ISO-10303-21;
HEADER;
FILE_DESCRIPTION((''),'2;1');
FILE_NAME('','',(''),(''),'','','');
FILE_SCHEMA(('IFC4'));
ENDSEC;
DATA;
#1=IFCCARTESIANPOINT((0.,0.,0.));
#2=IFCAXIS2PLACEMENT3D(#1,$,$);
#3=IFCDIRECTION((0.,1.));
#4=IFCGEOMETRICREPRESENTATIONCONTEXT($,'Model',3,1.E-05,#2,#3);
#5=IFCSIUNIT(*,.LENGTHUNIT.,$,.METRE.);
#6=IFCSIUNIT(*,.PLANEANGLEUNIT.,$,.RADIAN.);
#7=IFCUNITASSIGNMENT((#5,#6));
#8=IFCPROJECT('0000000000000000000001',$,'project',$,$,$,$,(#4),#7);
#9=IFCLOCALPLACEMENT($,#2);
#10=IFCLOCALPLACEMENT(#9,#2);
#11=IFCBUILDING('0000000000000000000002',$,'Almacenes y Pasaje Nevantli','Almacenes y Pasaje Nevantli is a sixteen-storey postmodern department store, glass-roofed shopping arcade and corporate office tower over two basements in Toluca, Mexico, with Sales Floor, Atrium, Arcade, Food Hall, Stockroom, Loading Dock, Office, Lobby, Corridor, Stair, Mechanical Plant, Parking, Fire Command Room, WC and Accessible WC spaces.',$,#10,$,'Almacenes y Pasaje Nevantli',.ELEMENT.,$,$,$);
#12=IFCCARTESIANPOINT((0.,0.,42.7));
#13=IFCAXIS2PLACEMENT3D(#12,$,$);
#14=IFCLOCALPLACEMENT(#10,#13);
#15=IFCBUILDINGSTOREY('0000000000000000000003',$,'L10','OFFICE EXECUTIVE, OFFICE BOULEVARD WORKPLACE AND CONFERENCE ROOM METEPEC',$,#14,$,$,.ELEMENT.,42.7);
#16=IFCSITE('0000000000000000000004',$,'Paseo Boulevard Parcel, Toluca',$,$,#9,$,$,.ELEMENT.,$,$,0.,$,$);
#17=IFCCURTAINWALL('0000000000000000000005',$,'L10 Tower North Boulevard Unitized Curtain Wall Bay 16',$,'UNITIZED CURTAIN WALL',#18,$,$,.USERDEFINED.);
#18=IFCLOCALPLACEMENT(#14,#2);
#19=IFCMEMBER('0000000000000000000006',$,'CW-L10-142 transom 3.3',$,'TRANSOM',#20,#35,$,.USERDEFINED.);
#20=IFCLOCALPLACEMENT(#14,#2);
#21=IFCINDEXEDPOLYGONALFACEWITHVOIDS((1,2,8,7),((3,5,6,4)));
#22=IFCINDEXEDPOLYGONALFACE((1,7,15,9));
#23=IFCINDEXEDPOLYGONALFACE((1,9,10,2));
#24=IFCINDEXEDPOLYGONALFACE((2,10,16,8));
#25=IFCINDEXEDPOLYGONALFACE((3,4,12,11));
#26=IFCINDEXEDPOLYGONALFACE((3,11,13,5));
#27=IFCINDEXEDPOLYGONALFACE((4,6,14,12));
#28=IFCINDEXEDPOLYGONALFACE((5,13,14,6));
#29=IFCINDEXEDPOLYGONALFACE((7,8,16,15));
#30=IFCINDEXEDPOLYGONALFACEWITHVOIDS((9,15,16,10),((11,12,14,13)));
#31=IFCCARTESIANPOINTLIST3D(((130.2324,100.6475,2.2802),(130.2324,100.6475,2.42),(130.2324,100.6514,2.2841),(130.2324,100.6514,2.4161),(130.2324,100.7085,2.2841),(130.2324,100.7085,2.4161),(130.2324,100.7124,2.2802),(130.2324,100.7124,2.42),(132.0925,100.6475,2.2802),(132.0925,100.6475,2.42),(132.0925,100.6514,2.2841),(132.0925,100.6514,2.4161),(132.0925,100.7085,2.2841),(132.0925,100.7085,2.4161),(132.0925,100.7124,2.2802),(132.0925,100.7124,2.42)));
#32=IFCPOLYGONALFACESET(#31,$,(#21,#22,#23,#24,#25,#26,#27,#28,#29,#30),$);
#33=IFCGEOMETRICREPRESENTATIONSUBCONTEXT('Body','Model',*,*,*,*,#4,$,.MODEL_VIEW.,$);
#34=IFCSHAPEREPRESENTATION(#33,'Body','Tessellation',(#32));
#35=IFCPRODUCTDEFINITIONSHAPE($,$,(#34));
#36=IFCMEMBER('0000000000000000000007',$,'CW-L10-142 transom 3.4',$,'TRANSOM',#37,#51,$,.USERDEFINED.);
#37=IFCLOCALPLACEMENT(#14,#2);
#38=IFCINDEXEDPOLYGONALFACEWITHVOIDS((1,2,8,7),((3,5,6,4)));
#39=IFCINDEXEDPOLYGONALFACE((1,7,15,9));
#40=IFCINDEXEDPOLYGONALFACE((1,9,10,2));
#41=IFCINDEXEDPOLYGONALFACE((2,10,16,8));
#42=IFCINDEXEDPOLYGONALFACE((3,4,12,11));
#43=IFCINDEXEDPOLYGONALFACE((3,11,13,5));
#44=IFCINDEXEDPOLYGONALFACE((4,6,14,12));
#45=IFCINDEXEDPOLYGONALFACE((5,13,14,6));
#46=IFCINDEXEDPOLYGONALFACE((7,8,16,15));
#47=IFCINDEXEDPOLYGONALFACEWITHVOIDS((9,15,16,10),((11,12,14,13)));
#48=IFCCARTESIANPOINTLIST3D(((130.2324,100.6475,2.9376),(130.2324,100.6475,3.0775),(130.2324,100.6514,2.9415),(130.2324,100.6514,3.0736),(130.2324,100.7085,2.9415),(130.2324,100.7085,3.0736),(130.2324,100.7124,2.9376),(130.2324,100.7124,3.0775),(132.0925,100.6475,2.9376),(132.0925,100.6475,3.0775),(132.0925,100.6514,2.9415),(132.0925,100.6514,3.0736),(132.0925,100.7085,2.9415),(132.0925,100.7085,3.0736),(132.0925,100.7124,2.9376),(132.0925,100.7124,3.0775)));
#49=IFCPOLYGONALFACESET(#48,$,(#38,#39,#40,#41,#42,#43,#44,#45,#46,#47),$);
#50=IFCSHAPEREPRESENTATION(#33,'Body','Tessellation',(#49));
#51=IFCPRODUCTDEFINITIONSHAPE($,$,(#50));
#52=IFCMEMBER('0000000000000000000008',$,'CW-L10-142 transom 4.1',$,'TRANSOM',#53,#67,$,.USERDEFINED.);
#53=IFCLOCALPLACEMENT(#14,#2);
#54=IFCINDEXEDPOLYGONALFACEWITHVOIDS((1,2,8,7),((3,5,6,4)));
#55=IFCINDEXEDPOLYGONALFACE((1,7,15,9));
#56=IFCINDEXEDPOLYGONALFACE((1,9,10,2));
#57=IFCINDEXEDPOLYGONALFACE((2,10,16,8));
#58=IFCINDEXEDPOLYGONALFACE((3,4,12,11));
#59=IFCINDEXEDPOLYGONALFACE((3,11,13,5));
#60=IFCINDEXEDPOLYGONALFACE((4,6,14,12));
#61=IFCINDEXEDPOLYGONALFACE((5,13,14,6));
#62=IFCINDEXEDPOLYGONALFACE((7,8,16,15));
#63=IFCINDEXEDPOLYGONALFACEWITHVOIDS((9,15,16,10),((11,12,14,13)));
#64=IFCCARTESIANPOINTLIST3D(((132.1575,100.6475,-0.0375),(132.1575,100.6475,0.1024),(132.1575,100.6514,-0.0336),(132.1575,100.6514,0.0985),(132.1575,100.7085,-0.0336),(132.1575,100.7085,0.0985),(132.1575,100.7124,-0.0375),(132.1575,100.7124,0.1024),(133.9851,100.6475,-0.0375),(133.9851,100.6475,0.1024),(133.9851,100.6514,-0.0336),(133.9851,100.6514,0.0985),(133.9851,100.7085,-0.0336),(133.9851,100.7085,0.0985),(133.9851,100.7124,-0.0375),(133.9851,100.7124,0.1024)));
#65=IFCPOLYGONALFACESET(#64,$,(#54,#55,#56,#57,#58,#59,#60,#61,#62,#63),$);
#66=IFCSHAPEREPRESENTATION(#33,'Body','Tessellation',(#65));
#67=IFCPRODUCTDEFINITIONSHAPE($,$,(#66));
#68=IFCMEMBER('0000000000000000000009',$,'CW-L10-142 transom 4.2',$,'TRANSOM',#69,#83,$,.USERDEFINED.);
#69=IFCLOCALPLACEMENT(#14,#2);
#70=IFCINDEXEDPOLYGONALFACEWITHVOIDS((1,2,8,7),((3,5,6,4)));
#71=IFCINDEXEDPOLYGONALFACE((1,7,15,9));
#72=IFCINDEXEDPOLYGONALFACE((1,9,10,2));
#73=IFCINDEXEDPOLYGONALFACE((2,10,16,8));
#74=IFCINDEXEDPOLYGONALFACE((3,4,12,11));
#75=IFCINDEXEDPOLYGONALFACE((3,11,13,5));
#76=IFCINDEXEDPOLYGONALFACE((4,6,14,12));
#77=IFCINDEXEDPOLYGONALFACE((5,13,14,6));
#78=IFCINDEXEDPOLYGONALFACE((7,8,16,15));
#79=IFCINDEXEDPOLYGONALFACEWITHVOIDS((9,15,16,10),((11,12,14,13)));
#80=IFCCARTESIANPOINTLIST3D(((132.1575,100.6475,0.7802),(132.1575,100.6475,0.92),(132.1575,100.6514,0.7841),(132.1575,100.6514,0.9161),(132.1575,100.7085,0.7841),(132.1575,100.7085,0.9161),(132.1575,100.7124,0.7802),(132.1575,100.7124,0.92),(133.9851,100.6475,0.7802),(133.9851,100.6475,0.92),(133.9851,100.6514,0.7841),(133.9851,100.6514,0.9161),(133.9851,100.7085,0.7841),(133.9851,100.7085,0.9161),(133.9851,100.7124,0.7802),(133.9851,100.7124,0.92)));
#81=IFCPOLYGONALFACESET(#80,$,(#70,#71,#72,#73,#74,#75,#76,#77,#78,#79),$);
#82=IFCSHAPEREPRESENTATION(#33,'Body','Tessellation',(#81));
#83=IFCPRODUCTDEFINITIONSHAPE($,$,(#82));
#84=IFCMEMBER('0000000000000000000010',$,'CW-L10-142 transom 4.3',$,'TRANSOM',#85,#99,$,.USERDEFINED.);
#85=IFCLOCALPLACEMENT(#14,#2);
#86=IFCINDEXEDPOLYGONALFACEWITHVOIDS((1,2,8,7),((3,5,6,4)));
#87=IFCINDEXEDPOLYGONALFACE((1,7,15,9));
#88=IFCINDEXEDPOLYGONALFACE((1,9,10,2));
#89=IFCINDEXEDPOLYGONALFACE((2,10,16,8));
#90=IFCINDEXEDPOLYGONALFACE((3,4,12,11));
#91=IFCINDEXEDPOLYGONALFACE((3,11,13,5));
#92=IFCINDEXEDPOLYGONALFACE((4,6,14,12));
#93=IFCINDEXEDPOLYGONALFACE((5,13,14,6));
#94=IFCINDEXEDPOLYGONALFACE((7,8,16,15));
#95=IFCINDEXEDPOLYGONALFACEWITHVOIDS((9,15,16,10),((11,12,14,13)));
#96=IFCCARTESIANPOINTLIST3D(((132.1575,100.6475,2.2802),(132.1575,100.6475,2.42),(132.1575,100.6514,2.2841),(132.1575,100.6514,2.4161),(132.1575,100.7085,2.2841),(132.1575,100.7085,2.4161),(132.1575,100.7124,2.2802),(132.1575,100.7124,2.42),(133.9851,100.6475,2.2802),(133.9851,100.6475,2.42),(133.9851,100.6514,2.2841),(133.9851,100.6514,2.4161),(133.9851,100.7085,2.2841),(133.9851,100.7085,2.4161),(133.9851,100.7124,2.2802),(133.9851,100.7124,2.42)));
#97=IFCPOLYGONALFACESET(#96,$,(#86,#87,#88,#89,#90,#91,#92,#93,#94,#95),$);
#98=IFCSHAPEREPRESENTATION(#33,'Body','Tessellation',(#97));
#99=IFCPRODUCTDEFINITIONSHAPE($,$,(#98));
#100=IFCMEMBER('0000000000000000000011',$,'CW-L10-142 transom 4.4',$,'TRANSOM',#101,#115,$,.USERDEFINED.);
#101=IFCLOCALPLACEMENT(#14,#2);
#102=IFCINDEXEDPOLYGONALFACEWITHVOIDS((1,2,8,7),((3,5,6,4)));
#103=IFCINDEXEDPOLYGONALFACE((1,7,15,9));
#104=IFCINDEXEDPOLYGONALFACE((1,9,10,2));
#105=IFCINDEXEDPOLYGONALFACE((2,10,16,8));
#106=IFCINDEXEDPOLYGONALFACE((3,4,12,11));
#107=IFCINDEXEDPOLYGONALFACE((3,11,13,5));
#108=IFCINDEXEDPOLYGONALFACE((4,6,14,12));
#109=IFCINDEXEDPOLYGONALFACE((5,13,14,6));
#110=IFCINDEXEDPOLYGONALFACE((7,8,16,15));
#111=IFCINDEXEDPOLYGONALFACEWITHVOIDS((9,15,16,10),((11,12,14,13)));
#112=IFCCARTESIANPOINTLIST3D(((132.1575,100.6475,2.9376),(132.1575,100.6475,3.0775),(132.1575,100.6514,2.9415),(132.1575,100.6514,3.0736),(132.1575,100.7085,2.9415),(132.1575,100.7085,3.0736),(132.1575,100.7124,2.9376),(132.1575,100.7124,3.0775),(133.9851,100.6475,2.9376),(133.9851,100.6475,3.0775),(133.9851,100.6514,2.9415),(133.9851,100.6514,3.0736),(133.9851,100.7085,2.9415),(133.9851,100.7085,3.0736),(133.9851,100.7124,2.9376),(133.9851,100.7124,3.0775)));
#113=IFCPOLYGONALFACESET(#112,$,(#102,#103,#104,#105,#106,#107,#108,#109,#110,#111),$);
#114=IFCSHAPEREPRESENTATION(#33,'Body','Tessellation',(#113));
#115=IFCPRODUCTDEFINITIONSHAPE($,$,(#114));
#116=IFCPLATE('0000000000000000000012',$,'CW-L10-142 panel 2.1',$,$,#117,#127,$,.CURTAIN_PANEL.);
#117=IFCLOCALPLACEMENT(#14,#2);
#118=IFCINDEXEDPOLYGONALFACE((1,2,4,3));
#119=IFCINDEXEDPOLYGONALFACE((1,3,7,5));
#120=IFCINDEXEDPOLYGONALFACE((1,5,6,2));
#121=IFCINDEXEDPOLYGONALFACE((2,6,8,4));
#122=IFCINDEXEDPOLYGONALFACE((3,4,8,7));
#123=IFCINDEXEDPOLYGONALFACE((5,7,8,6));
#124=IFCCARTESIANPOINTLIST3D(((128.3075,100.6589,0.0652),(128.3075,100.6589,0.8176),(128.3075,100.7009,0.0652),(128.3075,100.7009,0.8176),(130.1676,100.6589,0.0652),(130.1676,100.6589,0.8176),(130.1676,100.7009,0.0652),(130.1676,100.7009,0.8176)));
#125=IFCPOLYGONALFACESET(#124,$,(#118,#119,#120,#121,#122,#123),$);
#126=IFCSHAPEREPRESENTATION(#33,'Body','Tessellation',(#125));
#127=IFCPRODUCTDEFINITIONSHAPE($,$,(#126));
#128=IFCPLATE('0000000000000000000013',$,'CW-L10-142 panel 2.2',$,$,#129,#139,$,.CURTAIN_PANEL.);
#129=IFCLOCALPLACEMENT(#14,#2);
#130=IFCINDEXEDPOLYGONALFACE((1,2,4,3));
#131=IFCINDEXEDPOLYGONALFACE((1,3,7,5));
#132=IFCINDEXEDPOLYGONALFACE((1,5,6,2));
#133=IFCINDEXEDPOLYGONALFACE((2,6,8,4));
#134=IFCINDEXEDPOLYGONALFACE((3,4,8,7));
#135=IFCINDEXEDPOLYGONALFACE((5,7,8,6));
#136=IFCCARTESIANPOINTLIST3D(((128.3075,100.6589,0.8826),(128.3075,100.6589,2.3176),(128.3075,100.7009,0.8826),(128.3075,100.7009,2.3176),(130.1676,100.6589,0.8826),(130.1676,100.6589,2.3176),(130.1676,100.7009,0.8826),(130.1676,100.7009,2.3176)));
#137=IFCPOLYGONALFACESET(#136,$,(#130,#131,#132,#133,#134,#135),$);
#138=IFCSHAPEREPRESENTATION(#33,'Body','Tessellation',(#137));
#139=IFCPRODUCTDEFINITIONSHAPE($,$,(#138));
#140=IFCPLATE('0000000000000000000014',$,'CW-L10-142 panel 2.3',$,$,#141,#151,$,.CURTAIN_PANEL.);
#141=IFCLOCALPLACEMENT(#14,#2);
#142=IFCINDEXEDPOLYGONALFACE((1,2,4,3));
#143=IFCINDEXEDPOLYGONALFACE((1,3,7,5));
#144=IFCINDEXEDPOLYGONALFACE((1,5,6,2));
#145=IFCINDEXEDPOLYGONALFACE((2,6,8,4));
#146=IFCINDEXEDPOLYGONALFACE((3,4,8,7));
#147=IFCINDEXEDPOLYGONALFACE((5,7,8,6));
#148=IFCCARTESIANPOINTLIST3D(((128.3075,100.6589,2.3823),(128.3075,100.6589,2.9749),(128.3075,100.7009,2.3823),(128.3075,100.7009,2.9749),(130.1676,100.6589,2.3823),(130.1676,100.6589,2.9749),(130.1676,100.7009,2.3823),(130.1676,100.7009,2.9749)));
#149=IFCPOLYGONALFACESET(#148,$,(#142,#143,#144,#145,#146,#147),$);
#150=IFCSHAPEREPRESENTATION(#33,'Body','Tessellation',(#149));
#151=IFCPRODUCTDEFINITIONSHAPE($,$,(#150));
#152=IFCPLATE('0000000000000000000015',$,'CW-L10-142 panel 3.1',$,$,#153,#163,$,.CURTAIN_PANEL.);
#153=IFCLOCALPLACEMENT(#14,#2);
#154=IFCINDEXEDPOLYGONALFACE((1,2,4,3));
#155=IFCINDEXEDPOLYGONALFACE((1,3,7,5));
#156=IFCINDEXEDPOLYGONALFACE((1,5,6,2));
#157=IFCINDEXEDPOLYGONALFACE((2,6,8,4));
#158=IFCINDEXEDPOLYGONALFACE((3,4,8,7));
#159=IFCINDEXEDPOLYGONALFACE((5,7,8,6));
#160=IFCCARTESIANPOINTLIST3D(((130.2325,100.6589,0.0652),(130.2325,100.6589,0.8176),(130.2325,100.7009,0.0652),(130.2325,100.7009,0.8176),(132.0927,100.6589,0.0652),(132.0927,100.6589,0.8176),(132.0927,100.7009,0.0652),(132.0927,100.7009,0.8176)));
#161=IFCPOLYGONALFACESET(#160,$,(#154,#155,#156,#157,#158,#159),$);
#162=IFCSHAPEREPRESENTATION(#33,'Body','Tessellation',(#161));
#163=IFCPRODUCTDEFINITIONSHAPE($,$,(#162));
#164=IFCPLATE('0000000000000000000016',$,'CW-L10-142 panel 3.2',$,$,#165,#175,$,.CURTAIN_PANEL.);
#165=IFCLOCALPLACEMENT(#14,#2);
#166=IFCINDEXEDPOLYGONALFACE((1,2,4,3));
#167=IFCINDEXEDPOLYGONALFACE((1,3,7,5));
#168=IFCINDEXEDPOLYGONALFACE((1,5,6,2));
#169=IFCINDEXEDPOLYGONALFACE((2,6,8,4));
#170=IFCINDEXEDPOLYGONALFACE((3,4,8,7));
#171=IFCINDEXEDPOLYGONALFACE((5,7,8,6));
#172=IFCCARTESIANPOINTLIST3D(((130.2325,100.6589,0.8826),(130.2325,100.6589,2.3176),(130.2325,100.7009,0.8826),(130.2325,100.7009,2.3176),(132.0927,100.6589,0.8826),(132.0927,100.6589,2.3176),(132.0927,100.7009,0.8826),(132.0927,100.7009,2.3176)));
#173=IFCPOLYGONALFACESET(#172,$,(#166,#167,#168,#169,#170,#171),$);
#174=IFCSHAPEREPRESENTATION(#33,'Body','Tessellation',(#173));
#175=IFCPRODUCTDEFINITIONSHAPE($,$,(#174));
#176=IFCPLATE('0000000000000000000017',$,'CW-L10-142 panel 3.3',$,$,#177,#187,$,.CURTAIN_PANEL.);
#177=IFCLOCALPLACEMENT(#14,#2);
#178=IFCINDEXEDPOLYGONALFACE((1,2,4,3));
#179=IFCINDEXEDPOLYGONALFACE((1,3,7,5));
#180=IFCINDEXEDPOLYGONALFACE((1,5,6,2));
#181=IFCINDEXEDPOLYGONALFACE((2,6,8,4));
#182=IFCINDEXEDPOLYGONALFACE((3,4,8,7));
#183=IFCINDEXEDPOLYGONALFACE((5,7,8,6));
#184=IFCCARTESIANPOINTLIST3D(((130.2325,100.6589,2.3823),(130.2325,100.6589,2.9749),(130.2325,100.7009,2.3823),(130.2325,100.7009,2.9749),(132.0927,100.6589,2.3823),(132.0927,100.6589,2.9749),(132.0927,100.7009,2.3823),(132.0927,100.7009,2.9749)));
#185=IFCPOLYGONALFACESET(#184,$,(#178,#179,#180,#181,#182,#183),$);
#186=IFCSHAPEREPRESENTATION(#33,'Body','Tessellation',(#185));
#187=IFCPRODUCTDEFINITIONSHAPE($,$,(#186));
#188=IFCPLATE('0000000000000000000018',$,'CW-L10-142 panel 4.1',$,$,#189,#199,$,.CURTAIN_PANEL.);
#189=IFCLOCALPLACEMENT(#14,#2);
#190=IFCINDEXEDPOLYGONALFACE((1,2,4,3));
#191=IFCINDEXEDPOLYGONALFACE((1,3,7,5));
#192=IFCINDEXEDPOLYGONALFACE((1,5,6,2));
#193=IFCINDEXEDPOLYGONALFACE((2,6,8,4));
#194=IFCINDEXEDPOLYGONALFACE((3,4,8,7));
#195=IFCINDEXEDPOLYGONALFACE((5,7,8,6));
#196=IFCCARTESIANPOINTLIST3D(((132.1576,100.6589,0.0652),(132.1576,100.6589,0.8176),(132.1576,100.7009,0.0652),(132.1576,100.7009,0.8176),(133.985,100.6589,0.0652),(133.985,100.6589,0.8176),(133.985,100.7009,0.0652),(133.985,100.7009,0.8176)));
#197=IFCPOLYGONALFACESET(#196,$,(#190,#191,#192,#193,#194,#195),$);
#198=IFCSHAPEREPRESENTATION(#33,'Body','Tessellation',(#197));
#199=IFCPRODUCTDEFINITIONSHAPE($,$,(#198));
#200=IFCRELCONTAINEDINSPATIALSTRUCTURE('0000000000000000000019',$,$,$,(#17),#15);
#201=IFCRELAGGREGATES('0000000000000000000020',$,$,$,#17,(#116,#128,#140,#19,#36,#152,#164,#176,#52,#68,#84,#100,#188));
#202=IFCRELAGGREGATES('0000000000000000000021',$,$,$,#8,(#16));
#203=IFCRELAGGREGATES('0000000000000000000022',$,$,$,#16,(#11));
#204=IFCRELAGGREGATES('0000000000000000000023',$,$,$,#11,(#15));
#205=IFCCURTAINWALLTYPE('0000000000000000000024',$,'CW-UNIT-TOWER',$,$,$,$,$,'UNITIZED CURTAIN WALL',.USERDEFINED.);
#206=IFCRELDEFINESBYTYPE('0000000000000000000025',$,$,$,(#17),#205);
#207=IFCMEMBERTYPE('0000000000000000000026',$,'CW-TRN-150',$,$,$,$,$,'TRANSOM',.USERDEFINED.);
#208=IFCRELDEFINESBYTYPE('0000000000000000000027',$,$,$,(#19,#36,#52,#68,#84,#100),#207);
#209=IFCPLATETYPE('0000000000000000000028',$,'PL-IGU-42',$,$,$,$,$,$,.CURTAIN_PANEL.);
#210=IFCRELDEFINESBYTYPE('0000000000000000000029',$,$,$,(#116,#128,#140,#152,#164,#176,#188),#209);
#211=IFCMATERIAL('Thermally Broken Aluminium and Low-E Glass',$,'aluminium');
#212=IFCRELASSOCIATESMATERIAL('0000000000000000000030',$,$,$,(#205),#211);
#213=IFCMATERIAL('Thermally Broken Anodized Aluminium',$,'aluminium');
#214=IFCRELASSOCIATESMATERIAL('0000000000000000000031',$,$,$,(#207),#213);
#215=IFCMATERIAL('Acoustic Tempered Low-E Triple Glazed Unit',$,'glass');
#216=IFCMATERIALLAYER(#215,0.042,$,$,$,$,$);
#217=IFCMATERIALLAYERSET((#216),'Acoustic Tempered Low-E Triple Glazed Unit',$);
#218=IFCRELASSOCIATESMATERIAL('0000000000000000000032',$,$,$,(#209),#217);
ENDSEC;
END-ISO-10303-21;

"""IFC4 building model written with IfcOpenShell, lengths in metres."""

from ifc_helpers import new_model, si_unit, direction, frame, origin, origin_2d, place, context, subcontext, project, spatial, rectangle, hollow_rectangle, extrude, material, layer, layer_set, material_profile, profile_set, type_object, element, aggregate, save


model = new_model("IFC4")

# Units and contexts
model_context = context("Model", 3, precision=1e-05, world=origin(), true_north=direction((0.0, 1.0)))
body_context = subcontext(model_context, "Body", "Model", "MODEL_VIEW")
ifc_project = project(units=[si_unit("LENGTHUNIT", "METRE"), si_unit("PLANEANGLEUNIT", "RADIAN")], contexts=[model_context])

# Site, building, storey
site_placement = place(None, origin())
site = spatial("IfcSite", under=ifc_project, at=site_placement, Name="Paseo Boulevard Parcel, Toluca", CompositionType="ELEMENT", RefElevation=0.0)
building_placement = place(site_placement, origin())
building = spatial("IfcBuilding", under=site, at=building_placement, Name="Almacenes y Pasaje Nevantli", Description="Almacenes y Pasaje Nevantli is a sixteen-storey postmodern department store, glass-roofed shopping arcade and corporate office tower over two basements in Toluca, Mexico, with Sales Floor, Atrium, Arcade, Food Hall, Stockroom, Loading Dock, Office, Lobby, Corridor, Stair, Mechanical Plant, Parking, Fire Command Room, WC and Accessible WC spaces.", LongName="Almacenes y Pasaje Nevantli", CompositionType="ELEMENT")
storey_placement = place(building_placement, frame((0.0, 0.0, 42.7)))
storey = spatial("IfcBuildingStorey", under=building, at=storey_placement, Name="L10", Description="OFFICE EXECUTIVE, OFFICE BOULEVARD WORKPLACE AND CONFERENCE ROOM METEPEC", CompositionType="ELEMENT", Elevation=42.7)

# Curtain wall, members, plates
ifc_material_1 = material(Name="Thermally Broken Aluminium and Low-E Glass", Category="aluminium")
curtain_wall_type = type_object("IfcCurtainWallType", Name="CW-UNIT-TOWER", ElementType="UNITIZED CURTAIN WALL", PredefinedType="USERDEFINED", material=ifc_material_1)
curtain_wall_placement = place(storey_placement, origin())
curtain_wall = element("IfcCurtainWall", 1, at=curtain_wall_placement, inside=storey, type_object=curtain_wall_type, Name="L10 Tower North Boulevard Unitized Curtain Wall Bay 16", ObjectType="UNITIZED CURTAIN WALL", PredefinedType="USERDEFINED")
ifc_material_2 = material(Name="Thermally Broken Anodized Aluminium", Category="aluminium")
ifc_material_profile_1 = material_profile(ifc_material_2, hollow_rectangle(XDim=0.0649, YDim=0.1399, WallThickness=0.0039, at=origin_2d()), Name="ALU-TRN-65x140")
ifc_profile_set_1 = profile_set([ifc_material_profile_1], Name="Thermally Broken Anodized Aluminium")
member_type_1 = type_object("IfcMemberType", Name="CW-TRN-150", ElementType="TRANSOM", PredefinedType="USERDEFINED", material=ifc_profile_set_1)
member_1_placement = place(storey_placement, frame((130.2324, 100.6799, 2.3501), z_axis=(1.0, 0.0, 0.0), x_axis=(0.0, 1.0, 0.0)))
member_1 = element("IfcMember", 2, at=member_1_placement, type_object=member_type_1, Name="CW-L10-142 transom 3.3", ObjectType="TRANSOM", PredefinedType="USERDEFINED", context=body_context, shape_type="SweptSolid", body=[
    extrude(hollow_rectangle(XDim=0.0649, YDim=0.1399, WallThickness=0.0039, at=origin_2d()), origin(), (0.0, 0.0, 1.0), 1.8601),
])
member_2_placement = place(storey_placement, frame((130.2324, 100.6799, 3.0076), z_axis=(1.0, 0.0, 0.0), x_axis=(0.0, 1.0, 0.0)))
member_2 = element("IfcMember", 3, at=member_2_placement, type_object=member_type_1, Name="CW-L10-142 transom 3.4", ObjectType="TRANSOM", PredefinedType="USERDEFINED", context=body_context, shape_type="SweptSolid", body=[
    extrude(hollow_rectangle(XDim=0.0649, YDim=0.1399, WallThickness=0.0039, at=origin_2d()), origin(), (0.0, 0.0, 1.0), 1.8601),
])
member_3_placement = place(storey_placement, frame((132.1575, 100.6799, 0.0325), z_axis=(1.0, 0.0, 0.0), x_axis=(0.0, 1.0, 0.0)))
member_3 = element("IfcMember", 4, at=member_3_placement, type_object=member_type_1, Name="CW-L10-142 transom 4.1", ObjectType="TRANSOM", PredefinedType="USERDEFINED", context=body_context, shape_type="SweptSolid", body=[
    extrude(hollow_rectangle(XDim=0.0649, YDim=0.1399, WallThickness=0.0039, at=origin_2d()), origin(), (0.0, 0.0, 1.0), 1.8276),
])
member_4_placement = place(storey_placement, frame((132.1575, 100.6799, 0.8501), z_axis=(1.0, 0.0, 0.0), x_axis=(0.0, 1.0, 0.0)))
member_4 = element("IfcMember", 5, at=member_4_placement, type_object=member_type_1, Name="CW-L10-142 transom 4.2", ObjectType="TRANSOM", PredefinedType="USERDEFINED", context=body_context, shape_type="SweptSolid", body=[
    extrude(hollow_rectangle(XDim=0.0649, YDim=0.1399, WallThickness=0.0039, at=origin_2d()), origin(), (0.0, 0.0, 1.0), 1.8276),
])
member_5_placement = place(storey_placement, frame((132.1575, 100.6799, 2.3501), z_axis=(1.0, 0.0, 0.0), x_axis=(0.0, 1.0, 0.0)))
member_5 = element("IfcMember", 6, at=member_5_placement, type_object=member_type_1, Name="CW-L10-142 transom 4.3", ObjectType="TRANSOM", PredefinedType="USERDEFINED", context=body_context, shape_type="SweptSolid", body=[
    extrude(hollow_rectangle(XDim=0.0649, YDim=0.1399, WallThickness=0.0039, at=origin_2d()), origin(), (0.0, 0.0, 1.0), 1.8276),
])
member_6_placement = place(storey_placement, frame((132.1575, 100.6799, 3.0076), z_axis=(1.0, 0.0, 0.0), x_axis=(0.0, 1.0, 0.0)))
member_6 = element("IfcMember", 7, at=member_6_placement, type_object=member_type_1, Name="CW-L10-142 transom 4.4", ObjectType="TRANSOM", PredefinedType="USERDEFINED", context=body_context, shape_type="SweptSolid", body=[
    extrude(hollow_rectangle(XDim=0.0649, YDim=0.1399, WallThickness=0.0039, at=origin_2d()), origin(), (0.0, 0.0, 1.0), 1.8276),
])
ifc_material_3 = material(Name="Acoustic Tempered Low-E Triple Glazed Unit", Category="glass")
ifc_layer = layer(ifc_material_3, 0.042)
ifc_layer_set = layer_set([ifc_layer], Name="Acoustic Tempered Low-E Triple Glazed Unit")
plate_type = type_object("IfcPlateType", Name="PL-IGU-42", PredefinedType="CURTAIN_PANEL", material=ifc_layer_set)
plate_1_placement = place(storey_placement, frame((129.2375, 100.6799, 0.0652), z_axis=(0.0, 0.0, 1.0), x_axis=(1.0, 0.0, 0.0)))
plate_1 = element("IfcPlate", 8, at=plate_1_placement, type_object=plate_type, Name="CW-L10-142 panel 2.1", PredefinedType="CURTAIN_PANEL", context=body_context, shape_type="SweptSolid", body=[
    extrude(rectangle(XDim=1.8601, YDim=0.042, at=origin_2d()), origin(), (0.0, 0.0, 1.0), 0.7524),
])
plate_2_placement = place(storey_placement, frame((129.2375, 100.6799, 0.8826), z_axis=(0.0, 0.0, 1.0), x_axis=(1.0, 0.0, 0.0)))
plate_2 = element("IfcPlate", 9, at=plate_2_placement, type_object=plate_type, Name="CW-L10-142 panel 2.2", PredefinedType="CURTAIN_PANEL", context=body_context, shape_type="SweptSolid", body=[
    extrude(rectangle(XDim=1.8601, YDim=0.042, at=origin_2d()), origin(), (0.0, 0.0, 1.0), 1.4351),
])
plate_3_placement = place(storey_placement, frame((129.2375, 100.6799, 2.3823), z_axis=(0.0, 0.0, 1.0), x_axis=(1.0, 0.0, 0.0)))
plate_3 = element("IfcPlate", 10, at=plate_3_placement, type_object=plate_type, Name="CW-L10-142 panel 2.3", PredefinedType="CURTAIN_PANEL", context=body_context, shape_type="SweptSolid", body=[
    extrude(rectangle(XDim=1.8601, YDim=0.042, at=origin_2d()), origin(), (0.0, 0.0, 1.0), 0.5925),
])
plate_4_placement = place(storey_placement, frame((131.1626, 100.6799, 0.0652), z_axis=(0.0, 0.0, 1.0), x_axis=(1.0, 0.0, 0.0)))
plate_4 = element("IfcPlate", 11, at=plate_4_placement, type_object=plate_type, Name="CW-L10-142 panel 3.1", PredefinedType="CURTAIN_PANEL", context=body_context, shape_type="SweptSolid", body=[
    extrude(rectangle(XDim=1.8601, YDim=0.042, at=origin_2d()), origin(), (0.0, 0.0, 1.0), 0.7524),
])
plate_5_placement = place(storey_placement, frame((131.1626, 100.6799, 0.8826), z_axis=(0.0, 0.0, 1.0), x_axis=(1.0, 0.0, 0.0)))
plate_5 = element("IfcPlate", 12, at=plate_5_placement, type_object=plate_type, Name="CW-L10-142 panel 3.2", PredefinedType="CURTAIN_PANEL", context=body_context, shape_type="SweptSolid", body=[
    extrude(rectangle(XDim=1.8601, YDim=0.042, at=origin_2d()), origin(), (0.0, 0.0, 1.0), 1.4351),
])
plate_6_placement = place(storey_placement, frame((131.1626, 100.6799, 2.3823), z_axis=(0.0, 0.0, 1.0), x_axis=(1.0, 0.0, 0.0)))
plate_6 = element("IfcPlate", 13, at=plate_6_placement, type_object=plate_type, Name="CW-L10-142 panel 3.3", PredefinedType="CURTAIN_PANEL", context=body_context, shape_type="SweptSolid", body=[
    extrude(rectangle(XDim=1.8601, YDim=0.042, at=origin_2d()), origin(), (0.0, 0.0, 1.0), 0.5925),
])
plate_7_placement = place(storey_placement, frame((133.0713, 100.6799, 0.0652), z_axis=(0.0, 0.0, 1.0), x_axis=(1.0, 0.0, 0.0)))
plate_7 = element("IfcPlate", 14, at=plate_7_placement, type_object=plate_type, Name="CW-L10-142 panel 4.1", PredefinedType="CURTAIN_PANEL", context=body_context, shape_type="SweptSolid", body=[
    extrude(rectangle(XDim=1.8274, YDim=0.042, at=origin_2d()), origin(), (0.0, 0.0, 1.0), 0.7524),
])
aggregate(curtain_wall, [plate_1, plate_2, plate_3, member_1, member_2, plate_4, plate_5, plate_6, member_3, member_4, member_5, member_6, plate_7])

save(model, "model.ifc")
